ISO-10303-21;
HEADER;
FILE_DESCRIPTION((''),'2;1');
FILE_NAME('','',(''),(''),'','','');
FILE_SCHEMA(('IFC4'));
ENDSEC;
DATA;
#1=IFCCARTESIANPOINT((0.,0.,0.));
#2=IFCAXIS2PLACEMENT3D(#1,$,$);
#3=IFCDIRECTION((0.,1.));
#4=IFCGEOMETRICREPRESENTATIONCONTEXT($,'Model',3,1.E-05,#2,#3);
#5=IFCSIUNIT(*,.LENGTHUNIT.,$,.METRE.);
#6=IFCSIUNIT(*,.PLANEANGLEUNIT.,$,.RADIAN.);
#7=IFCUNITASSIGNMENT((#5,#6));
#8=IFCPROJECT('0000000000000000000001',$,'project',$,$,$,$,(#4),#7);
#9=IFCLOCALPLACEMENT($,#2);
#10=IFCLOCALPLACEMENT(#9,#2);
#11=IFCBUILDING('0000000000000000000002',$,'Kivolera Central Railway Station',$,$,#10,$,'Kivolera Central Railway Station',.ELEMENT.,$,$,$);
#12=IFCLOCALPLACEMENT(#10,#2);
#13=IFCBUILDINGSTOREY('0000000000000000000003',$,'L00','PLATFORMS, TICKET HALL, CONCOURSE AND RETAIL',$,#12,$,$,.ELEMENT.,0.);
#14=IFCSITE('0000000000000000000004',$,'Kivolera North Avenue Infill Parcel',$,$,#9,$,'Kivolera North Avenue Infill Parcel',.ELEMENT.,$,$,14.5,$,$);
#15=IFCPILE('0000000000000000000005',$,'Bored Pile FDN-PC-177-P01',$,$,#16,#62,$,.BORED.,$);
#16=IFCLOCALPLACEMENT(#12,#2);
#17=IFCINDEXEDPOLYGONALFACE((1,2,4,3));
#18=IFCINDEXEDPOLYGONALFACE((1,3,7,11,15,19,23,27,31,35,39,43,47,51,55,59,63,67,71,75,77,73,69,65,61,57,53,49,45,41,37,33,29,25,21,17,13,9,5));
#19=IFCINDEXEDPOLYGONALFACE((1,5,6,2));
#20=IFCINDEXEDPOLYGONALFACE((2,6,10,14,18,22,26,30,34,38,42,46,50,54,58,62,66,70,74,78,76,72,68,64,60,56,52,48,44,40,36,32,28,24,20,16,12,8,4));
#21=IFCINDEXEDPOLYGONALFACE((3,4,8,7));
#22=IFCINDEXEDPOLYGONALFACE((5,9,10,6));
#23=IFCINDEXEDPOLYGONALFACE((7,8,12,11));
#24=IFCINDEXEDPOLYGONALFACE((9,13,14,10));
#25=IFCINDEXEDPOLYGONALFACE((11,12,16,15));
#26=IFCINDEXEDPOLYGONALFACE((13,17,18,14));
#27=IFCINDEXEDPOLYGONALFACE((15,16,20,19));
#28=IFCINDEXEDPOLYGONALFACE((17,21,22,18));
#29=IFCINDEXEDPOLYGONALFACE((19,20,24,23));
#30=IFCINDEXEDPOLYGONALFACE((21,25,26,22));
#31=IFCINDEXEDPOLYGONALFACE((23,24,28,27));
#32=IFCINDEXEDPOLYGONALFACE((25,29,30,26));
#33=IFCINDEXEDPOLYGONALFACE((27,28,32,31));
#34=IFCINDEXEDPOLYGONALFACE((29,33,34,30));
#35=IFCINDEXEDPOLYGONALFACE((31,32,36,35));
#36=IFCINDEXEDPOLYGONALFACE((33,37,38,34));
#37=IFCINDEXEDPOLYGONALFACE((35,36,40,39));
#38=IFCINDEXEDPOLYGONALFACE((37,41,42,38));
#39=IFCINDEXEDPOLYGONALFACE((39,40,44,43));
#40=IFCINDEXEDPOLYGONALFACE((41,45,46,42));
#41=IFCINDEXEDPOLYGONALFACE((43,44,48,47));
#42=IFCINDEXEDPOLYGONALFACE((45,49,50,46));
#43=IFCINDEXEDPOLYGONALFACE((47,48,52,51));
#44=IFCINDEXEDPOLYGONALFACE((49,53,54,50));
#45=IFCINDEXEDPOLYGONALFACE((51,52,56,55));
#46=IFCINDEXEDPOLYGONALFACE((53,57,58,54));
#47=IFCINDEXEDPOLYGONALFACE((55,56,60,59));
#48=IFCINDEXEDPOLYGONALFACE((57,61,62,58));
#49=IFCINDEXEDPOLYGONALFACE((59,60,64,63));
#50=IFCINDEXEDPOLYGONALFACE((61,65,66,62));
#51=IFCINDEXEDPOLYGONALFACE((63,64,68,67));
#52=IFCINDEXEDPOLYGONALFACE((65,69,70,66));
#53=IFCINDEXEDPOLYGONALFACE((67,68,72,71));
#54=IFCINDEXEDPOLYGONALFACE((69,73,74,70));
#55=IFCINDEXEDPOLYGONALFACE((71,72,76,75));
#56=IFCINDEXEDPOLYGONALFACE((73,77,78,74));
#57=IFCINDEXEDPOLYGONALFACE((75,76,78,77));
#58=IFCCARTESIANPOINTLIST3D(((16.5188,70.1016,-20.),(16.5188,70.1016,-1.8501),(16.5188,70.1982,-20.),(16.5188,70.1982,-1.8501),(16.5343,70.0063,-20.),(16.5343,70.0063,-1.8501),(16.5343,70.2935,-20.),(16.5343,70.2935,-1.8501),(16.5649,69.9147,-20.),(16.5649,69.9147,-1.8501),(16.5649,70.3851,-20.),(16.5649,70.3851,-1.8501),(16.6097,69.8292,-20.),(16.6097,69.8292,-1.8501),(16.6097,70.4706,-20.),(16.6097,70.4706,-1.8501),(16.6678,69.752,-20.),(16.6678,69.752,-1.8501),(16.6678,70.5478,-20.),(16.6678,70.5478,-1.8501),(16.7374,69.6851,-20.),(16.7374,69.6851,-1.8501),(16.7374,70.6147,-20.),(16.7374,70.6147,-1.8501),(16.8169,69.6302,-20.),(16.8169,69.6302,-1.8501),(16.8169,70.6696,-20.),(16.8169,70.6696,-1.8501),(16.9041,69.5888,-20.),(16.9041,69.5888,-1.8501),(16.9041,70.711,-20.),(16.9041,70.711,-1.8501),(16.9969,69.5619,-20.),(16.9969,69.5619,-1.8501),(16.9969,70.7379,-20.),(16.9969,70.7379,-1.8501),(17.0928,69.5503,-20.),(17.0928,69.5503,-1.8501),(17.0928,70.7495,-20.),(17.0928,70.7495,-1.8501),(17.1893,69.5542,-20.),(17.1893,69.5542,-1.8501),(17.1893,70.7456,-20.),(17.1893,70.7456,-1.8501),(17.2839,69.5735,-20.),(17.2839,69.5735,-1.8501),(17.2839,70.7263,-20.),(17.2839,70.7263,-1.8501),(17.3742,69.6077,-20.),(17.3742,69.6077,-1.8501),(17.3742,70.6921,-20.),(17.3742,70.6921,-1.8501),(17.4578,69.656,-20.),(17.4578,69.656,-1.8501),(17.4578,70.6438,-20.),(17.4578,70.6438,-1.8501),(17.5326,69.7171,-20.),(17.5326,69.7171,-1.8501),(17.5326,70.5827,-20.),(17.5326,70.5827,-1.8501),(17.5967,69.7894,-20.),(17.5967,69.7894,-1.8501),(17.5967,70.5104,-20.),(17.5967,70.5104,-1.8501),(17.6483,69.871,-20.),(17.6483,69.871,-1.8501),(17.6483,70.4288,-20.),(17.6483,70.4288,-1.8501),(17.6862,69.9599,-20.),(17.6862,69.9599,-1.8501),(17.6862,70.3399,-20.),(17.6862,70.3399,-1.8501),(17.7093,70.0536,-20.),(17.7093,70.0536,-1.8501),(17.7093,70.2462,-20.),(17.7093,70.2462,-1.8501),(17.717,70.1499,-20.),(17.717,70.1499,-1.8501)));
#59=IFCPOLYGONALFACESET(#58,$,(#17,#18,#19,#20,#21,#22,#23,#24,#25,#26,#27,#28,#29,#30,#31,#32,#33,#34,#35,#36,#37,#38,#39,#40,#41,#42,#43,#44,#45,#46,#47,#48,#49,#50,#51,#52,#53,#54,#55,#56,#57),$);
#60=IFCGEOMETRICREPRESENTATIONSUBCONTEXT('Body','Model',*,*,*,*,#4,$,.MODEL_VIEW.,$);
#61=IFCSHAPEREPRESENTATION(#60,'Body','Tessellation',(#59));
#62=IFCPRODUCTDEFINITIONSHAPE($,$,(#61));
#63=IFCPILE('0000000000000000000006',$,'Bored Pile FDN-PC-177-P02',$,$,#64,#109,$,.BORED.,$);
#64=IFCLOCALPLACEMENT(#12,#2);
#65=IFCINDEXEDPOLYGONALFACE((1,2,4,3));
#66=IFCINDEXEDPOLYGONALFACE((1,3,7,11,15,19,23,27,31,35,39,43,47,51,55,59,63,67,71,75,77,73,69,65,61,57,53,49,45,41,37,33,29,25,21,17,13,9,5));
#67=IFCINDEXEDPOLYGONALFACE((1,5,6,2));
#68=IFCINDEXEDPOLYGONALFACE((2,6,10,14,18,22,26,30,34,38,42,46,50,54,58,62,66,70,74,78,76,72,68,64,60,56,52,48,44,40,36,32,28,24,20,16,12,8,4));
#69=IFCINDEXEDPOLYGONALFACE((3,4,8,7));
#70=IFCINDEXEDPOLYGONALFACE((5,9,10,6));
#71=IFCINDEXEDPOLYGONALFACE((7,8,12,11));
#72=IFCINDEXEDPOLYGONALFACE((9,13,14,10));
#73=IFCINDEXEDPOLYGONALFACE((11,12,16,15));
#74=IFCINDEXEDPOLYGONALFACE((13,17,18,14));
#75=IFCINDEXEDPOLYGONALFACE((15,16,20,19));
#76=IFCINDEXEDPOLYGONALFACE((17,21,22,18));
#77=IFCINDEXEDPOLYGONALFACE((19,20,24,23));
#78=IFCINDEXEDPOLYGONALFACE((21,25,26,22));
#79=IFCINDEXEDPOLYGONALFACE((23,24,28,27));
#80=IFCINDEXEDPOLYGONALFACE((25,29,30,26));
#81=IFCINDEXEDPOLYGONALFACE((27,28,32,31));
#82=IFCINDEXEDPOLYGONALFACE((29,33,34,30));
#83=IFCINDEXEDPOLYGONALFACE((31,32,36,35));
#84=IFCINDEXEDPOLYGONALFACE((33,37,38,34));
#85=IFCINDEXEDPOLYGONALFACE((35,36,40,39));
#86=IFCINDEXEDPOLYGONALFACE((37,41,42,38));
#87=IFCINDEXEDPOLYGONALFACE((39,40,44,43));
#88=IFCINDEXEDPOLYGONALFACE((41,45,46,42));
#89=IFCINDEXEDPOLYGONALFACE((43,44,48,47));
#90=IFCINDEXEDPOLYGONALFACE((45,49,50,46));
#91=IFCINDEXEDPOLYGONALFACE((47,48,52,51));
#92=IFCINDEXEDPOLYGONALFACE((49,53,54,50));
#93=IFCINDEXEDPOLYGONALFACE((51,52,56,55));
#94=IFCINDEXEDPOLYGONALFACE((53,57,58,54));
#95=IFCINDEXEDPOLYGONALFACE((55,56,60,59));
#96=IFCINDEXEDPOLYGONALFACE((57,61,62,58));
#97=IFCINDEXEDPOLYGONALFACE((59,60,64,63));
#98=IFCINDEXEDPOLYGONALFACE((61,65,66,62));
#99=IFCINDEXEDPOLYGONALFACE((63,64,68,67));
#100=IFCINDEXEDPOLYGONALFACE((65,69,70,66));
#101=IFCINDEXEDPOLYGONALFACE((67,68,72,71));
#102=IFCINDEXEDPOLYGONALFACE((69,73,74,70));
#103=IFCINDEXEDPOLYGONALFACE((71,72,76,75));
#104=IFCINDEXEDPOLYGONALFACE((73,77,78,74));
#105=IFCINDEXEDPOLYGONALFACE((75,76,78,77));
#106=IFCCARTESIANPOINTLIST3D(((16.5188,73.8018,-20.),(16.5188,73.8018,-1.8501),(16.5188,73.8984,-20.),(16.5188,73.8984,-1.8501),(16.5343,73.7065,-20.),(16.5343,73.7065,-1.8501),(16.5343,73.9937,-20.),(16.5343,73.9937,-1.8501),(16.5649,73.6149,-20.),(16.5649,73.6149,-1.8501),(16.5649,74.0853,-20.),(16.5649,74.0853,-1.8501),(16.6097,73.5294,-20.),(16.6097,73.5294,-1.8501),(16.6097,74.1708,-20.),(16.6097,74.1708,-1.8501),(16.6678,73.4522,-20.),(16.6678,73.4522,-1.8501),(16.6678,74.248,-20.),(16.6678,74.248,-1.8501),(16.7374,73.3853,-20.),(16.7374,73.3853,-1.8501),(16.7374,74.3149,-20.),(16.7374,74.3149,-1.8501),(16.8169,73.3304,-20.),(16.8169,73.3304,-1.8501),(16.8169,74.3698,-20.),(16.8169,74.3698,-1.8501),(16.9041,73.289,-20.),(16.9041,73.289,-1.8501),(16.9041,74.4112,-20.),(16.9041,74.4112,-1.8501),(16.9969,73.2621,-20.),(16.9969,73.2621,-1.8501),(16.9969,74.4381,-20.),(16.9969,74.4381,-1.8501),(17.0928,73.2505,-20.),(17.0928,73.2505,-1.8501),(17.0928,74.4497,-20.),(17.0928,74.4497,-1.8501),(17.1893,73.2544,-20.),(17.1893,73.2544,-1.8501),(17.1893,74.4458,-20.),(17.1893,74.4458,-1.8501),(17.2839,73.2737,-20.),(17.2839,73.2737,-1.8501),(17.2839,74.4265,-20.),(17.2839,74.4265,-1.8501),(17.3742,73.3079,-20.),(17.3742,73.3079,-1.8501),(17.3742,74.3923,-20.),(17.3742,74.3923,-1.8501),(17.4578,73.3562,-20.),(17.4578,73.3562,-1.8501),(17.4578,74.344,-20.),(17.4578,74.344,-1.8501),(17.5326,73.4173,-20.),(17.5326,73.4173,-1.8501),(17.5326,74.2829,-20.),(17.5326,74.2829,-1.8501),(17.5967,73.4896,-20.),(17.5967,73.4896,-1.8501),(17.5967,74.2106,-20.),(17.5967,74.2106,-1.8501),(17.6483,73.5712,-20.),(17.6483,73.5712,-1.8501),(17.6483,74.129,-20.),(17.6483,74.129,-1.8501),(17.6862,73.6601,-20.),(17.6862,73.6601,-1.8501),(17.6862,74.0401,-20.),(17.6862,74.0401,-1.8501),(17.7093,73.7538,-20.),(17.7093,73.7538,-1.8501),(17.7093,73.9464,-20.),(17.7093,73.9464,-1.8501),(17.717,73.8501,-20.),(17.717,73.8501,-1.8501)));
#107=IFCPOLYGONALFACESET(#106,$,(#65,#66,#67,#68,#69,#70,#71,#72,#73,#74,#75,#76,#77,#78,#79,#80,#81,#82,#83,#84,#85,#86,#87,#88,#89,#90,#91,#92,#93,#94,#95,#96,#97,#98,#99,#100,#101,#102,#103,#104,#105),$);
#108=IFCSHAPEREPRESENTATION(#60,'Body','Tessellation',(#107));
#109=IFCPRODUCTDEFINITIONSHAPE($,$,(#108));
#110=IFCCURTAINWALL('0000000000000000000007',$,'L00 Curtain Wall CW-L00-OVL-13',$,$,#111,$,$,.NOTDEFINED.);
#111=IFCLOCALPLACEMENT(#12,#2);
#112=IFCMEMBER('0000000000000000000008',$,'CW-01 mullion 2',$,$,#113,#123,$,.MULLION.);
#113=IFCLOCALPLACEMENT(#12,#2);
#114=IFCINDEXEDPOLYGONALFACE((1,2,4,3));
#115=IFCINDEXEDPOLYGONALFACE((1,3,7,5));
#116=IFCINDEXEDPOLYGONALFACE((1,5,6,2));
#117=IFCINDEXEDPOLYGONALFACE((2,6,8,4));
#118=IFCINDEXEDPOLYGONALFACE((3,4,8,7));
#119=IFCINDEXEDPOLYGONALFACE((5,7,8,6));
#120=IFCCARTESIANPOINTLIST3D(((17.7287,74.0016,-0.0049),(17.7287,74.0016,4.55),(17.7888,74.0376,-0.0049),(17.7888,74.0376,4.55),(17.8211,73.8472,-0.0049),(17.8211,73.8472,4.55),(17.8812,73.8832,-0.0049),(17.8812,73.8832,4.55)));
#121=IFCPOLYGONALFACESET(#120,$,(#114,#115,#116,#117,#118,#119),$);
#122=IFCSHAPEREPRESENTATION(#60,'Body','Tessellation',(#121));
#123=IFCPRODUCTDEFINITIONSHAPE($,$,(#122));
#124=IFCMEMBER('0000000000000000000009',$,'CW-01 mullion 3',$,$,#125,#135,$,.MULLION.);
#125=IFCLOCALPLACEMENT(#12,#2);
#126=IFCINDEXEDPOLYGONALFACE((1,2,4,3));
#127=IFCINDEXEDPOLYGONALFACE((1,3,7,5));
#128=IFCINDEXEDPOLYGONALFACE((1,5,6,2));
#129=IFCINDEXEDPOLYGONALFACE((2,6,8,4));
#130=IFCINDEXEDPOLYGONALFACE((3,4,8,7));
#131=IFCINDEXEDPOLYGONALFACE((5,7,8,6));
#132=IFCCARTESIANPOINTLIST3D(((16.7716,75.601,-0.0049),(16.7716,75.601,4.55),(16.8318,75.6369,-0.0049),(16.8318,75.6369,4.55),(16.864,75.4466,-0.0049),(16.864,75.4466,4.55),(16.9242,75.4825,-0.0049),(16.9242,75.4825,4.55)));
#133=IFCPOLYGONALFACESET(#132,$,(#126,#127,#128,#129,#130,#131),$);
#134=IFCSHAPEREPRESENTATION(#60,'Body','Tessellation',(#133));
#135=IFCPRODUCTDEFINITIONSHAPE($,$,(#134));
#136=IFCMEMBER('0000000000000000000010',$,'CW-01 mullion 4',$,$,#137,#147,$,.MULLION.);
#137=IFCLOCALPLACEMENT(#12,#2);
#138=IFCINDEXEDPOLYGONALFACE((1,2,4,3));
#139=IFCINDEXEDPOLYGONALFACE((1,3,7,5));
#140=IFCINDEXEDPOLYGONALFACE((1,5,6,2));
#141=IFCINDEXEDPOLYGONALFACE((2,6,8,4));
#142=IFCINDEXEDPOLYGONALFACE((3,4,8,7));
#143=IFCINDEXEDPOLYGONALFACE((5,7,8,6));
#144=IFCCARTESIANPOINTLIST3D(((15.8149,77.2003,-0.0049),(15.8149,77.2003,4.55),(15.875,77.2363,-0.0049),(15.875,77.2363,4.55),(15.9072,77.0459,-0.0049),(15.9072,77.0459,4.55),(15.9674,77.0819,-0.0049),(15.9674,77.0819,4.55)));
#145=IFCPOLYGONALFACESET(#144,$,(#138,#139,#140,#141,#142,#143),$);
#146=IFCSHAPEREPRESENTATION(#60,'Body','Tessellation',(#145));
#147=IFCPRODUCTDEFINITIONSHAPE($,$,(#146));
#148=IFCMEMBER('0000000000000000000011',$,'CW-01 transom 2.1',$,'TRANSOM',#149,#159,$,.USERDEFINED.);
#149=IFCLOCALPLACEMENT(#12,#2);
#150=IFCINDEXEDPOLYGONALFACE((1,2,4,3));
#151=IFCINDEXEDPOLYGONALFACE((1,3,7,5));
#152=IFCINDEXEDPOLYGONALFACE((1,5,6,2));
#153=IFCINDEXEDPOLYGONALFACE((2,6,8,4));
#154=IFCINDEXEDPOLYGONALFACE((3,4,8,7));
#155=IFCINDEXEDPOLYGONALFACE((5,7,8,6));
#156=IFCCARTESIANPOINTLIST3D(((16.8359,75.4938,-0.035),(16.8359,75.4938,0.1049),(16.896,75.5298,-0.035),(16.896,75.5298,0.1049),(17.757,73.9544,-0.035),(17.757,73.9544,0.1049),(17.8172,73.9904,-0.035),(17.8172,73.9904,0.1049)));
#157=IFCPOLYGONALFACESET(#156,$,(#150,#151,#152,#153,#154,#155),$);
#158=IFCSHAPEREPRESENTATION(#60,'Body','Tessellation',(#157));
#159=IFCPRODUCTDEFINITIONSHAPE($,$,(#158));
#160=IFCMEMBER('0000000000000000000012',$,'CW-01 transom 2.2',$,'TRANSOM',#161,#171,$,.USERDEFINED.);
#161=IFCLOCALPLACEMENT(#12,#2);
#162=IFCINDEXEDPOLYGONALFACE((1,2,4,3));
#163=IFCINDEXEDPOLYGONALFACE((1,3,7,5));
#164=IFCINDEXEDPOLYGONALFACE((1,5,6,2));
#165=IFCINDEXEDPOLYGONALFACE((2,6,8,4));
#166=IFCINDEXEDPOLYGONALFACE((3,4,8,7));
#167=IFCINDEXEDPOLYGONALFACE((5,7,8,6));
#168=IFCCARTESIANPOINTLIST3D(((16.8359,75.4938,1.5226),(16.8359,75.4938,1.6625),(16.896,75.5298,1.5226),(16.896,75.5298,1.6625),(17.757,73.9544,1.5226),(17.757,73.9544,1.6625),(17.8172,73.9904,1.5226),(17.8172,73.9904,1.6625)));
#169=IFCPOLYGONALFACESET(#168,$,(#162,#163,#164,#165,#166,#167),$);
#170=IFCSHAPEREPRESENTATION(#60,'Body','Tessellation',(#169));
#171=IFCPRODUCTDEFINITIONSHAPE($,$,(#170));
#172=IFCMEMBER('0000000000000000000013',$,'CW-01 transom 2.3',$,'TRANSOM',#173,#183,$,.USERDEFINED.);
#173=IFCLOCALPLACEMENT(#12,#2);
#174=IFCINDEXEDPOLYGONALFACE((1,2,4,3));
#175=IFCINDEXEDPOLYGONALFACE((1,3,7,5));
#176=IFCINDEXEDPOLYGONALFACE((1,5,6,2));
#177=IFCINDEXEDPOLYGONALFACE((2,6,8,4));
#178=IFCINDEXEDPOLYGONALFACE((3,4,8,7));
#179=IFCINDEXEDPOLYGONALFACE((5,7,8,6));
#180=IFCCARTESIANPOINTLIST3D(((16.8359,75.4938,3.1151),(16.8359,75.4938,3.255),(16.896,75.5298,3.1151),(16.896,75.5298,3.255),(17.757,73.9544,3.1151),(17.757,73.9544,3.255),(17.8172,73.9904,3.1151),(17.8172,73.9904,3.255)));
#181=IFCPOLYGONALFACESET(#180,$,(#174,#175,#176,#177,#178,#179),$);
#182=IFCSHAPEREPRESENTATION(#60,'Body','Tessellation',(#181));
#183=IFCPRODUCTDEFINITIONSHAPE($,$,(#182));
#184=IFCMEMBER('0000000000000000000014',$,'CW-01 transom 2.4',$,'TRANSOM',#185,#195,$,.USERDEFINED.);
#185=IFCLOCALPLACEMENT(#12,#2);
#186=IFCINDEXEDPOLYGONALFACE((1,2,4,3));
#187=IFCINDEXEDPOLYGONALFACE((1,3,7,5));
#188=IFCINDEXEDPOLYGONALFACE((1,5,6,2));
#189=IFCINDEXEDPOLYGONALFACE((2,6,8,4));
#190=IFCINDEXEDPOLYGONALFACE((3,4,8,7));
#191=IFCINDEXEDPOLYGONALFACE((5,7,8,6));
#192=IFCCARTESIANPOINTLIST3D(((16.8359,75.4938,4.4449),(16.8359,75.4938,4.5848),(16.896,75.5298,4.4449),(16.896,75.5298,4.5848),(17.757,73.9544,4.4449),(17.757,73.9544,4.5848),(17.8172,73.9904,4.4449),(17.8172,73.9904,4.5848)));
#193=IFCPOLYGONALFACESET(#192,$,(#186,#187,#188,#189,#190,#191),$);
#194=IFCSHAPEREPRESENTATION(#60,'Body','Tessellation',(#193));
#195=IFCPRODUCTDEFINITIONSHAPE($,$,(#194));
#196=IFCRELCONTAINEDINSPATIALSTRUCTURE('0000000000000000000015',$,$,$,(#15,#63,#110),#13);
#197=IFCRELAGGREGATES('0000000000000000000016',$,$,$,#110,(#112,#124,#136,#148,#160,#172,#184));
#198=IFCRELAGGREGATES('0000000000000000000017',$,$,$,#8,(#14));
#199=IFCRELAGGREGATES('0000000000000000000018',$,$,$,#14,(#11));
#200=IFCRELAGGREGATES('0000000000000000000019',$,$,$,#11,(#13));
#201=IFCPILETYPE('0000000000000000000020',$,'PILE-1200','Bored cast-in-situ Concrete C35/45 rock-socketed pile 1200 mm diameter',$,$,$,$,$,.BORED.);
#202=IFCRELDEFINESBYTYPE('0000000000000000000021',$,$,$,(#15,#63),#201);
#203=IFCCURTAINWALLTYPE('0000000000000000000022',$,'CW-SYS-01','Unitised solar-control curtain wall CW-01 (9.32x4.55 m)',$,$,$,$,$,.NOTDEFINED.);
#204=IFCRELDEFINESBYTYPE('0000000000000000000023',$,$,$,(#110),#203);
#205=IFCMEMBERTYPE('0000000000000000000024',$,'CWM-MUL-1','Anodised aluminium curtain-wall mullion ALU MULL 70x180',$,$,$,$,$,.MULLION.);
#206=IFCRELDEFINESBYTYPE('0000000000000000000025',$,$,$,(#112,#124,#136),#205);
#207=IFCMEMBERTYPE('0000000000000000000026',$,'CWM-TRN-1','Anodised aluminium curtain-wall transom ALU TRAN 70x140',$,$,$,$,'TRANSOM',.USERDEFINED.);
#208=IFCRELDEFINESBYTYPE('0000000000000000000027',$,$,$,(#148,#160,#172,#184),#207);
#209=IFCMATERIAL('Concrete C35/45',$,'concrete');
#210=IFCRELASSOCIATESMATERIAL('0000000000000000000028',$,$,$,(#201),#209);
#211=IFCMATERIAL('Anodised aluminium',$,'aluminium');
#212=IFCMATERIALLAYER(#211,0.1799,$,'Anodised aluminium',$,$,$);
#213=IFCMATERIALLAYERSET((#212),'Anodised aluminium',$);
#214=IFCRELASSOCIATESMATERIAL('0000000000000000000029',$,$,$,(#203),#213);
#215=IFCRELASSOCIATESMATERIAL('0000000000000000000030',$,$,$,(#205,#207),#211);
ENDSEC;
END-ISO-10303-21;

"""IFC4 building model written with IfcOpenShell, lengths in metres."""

from ifc_helpers import new_model, si_unit, direction, frame, origin, origin_2d, place, context, subcontext, project, spatial, rectangle, circle, extrude, material, layer, layer_set, material_profile, profile_set, type_object, element, aggregate, save


model = new_model("IFC4")

# Units and contexts
model_context = context("Model", 3, precision=1e-05, world=origin(), true_north=direction((0.0, 1.0)))
body_context = subcontext(model_context, "Body", "Model", "MODEL_VIEW")
ifc_project = project(units=[si_unit("LENGTHUNIT", "METRE"), si_unit("PLANEANGLEUNIT", "RADIAN")], contexts=[model_context])

# Site, building, storey
site_placement = place(None, origin())
site = spatial("IfcSite", under=ifc_project, at=site_placement, Name="Kivolera North Avenue Infill Parcel", LongName="Kivolera North Avenue Infill Parcel", CompositionType="ELEMENT", RefElevation=14.5)
building_placement = place(site_placement, origin())
building = spatial("IfcBuilding", under=site, at=building_placement, Name="Kivolera Central Railway Station", LongName="Kivolera Central Railway Station", CompositionType="ELEMENT")
storey_placement = place(building_placement, origin())
storey = spatial("IfcBuildingStorey", under=building, at=storey_placement, Name="L00", Description="PLATFORMS, TICKET HALL, CONCOURSE AND RETAIL", CompositionType="ELEMENT", Elevation=0.0)

# Piles
ifc_material_1 = material(Name="Concrete C35/45", Category="concrete")
ifc_material_profile_1 = material_profile(ifc_material_1, circle(Radius=0.6001, at=origin_2d()), Name="PILE D1200")
ifc_profile_set_1 = profile_set([ifc_material_profile_1], Name="Concrete C35/45")
pile_type = type_object("IfcPileType", Name="PILE-1200", Description="Bored cast-in-situ Concrete C35/45 rock-socketed pile 1200 mm diameter", PredefinedType="BORED", material=ifc_profile_set_1)
for number, where, z_axis, x_axis, name in (
    (1, (17.1169, 70.1499, -1.8501), (0.0, 0.0, -1.0), (1.0, 0.0, 0.0), "Bored Pile FDN-PC-177-P01"),
    (2, (17.1169, 73.8501, -1.8501), (0.0, 0.0, -1.0), (1.0, 0.0, 0.0), "Bored Pile FDN-PC-177-P02"),
):
    element("IfcPile", number, at=place(storey_placement, frame(where, z_axis=z_axis, x_axis=x_axis)), inside=storey, type_object=pile_type, Name=name, PredefinedType="BORED", context=body_context, shape_type="SweptSolid", body=[
        extrude(circle(Radius=0.6001, at=origin_2d()), origin(), (0.0, 0.0, 1.0), 18.1499),
    ])

# Curtain wall, members
ifc_material_2 = material(Name="Anodised aluminium", Category="aluminium")
ifc_layer_1 = layer(ifc_material_2, 0.1799, Name="Anodised aluminium")
ifc_layer_set_1 = layer_set([ifc_layer_1], Name="Anodised aluminium")
curtain_wall_type = type_object("IfcCurtainWallType", Name="CW-SYS-01", Description="Unitised solar-control curtain wall CW-01 (9.32x4.55 m)", PredefinedType="NOTDEFINED", material=ifc_layer_set_1)
curtain_wall_placement = place(storey_placement, origin())
curtain_wall = element("IfcCurtainWall", 3, at=curtain_wall_placement, inside=storey, type_object=curtain_wall_type, Name="L00 Curtain Wall CW-L00-OVL-13", PredefinedType="NOTDEFINED")
ifc_material_profile_2 = material_profile(ifc_material_2, rectangle(XDim=0.0701, YDim=0.1799, at=origin_2d()), Name="ALU MULL 70x180")
ifc_profile_set_2 = profile_set([ifc_material_profile_2], Name="Anodised aluminium")
member_type_1 = type_object("IfcMemberType", Name="CWM-MUL-1", Description="Anodised aluminium curtain-wall mullion ALU MULL 70x180", PredefinedType="MULLION", material=ifc_profile_set_2)
member_1_placement = place(storey_placement, frame((17.8049, 73.9424, -0.0049), z_axis=(0.0, 0.0, 1.0), x_axis=(-0.858117, -0.513454, 0.0)))
member_1 = element("IfcMember", 4, at=member_1_placement, type_object=member_type_1, Name="CW-01 mullion 2", PredefinedType="MULLION", context=body_context, shape_type="SweptSolid", body=[
    extrude(rectangle(XDim=0.0701, YDim=0.1799, at=origin_2d()), origin(), (0.0, 0.0, 1.0), 4.5549),
])
member_2_placement = place(storey_placement, frame((16.8479, 75.5417, -0.0049), z_axis=(0.0, 0.0, 1.0), x_axis=(-0.858117, -0.513454, 0.0)))
member_2 = element("IfcMember", 5, at=member_2_placement, type_object=member_type_1, Name="CW-01 mullion 3", PredefinedType="MULLION", context=body_context, shape_type="SweptSolid", body=[
    extrude(rectangle(XDim=0.0701, YDim=0.1799, at=origin_2d()), origin(), (0.0, 0.0, 1.0), 4.5549),
])
member_3_placement = place(storey_placement, frame((15.8911, 77.1411, -0.0049), z_axis=(0.0, 0.0, 1.0), x_axis=(-0.858117, -0.513454, 0.0)))
member_3 = element("IfcMember", 6, at=member_3_placement, type_object=member_type_1, Name="CW-01 mullion 4", PredefinedType="MULLION", context=body_context, shape_type="SweptSolid", body=[
    extrude(rectangle(XDim=0.0701, YDim=0.1799, at=origin_2d()), origin(), (0.0, 0.0, 1.0), 4.5549),
])
ifc_material_profile_3 = material_profile(ifc_material_2, rectangle(XDim=0.0701, YDim=0.1399, at=origin_2d()), Name="ALU TRAN 70x140")
ifc_profile_set_3 = profile_set([ifc_material_profile_3], Name="Anodised aluminium")
member_type_2 = type_object("IfcMemberType", Name="CWM-TRN-1", Description="Anodised aluminium curtain-wall transom ALU TRAN 70x140", ElementType="TRANSOM", PredefinedType="USERDEFINED", material=ifc_profile_set_3)
member_4_placement = place(storey_placement, frame((17.7871, 73.9724, 0.0349), z_axis=(-0.513495, 0.858093, 0.0), x_axis=(-0.858093, -0.513495, 0.0)))
member_4 = element("IfcMember", 7, at=member_4_placement, type_object=member_type_2, Name="CW-01 transom 2.1", ObjectType="TRANSOM", PredefinedType="USERDEFINED", context=body_context, shape_type="SweptSolid", body=[
    extrude(rectangle(XDim=0.0701, YDim=0.1399, at=origin_2d()), origin(), (0.0, 0.0, 1.0), 1.7939),
])
member_5_placement = place(storey_placement, frame((17.7871, 73.9724, 1.5925), z_axis=(-0.513495, 0.858093, 0.0), x_axis=(-0.858093, -0.513495, 0.0)))
member_5 = element("IfcMember", 8, at=member_5_placement, type_object=member_type_2, Name="CW-01 transom 2.2", ObjectType="TRANSOM", PredefinedType="USERDEFINED", context=body_context, shape_type="SweptSolid", body=[
    extrude(rectangle(XDim=0.0701, YDim=0.1399, at=origin_2d()), origin(), (0.0, 0.0, 1.0), 1.7939),
])
member_6_placement = place(storey_placement, frame((17.7871, 73.9724, 3.1851), z_axis=(-0.513495, 0.858093, 0.0), x_axis=(-0.858093, -0.513495, 0.0)))
member_6 = element("IfcMember", 9, at=member_6_placement, type_object=member_type_2, Name="CW-01 transom 2.3", ObjectType="TRANSOM", PredefinedType="USERDEFINED", context=body_context, shape_type="SweptSolid", body=[
    extrude(rectangle(XDim=0.0701, YDim=0.1399, at=origin_2d()), origin(), (0.0, 0.0, 1.0), 1.7939),
])
member_7_placement = place(storey_placement, frame((17.7871, 73.9724, 4.5149), z_axis=(-0.513495, 0.858093, 0.0), x_axis=(-0.858093, -0.513495, 0.0)))
member_7 = element("IfcMember", 10, at=member_7_placement, type_object=member_type_2, Name="CW-01 transom 2.4", ObjectType="TRANSOM", PredefinedType="USERDEFINED", context=body_context, shape_type="SweptSolid", body=[
    extrude(rectangle(XDim=0.0701, YDim=0.1399, at=origin_2d()), origin(), (0.0, 0.0, 1.0), 1.7939),
])
aggregate(curtain_wall, [member_1, member_2, member_3, member_4, member_5, member_6, member_7])

save(model, "model.ifc")
